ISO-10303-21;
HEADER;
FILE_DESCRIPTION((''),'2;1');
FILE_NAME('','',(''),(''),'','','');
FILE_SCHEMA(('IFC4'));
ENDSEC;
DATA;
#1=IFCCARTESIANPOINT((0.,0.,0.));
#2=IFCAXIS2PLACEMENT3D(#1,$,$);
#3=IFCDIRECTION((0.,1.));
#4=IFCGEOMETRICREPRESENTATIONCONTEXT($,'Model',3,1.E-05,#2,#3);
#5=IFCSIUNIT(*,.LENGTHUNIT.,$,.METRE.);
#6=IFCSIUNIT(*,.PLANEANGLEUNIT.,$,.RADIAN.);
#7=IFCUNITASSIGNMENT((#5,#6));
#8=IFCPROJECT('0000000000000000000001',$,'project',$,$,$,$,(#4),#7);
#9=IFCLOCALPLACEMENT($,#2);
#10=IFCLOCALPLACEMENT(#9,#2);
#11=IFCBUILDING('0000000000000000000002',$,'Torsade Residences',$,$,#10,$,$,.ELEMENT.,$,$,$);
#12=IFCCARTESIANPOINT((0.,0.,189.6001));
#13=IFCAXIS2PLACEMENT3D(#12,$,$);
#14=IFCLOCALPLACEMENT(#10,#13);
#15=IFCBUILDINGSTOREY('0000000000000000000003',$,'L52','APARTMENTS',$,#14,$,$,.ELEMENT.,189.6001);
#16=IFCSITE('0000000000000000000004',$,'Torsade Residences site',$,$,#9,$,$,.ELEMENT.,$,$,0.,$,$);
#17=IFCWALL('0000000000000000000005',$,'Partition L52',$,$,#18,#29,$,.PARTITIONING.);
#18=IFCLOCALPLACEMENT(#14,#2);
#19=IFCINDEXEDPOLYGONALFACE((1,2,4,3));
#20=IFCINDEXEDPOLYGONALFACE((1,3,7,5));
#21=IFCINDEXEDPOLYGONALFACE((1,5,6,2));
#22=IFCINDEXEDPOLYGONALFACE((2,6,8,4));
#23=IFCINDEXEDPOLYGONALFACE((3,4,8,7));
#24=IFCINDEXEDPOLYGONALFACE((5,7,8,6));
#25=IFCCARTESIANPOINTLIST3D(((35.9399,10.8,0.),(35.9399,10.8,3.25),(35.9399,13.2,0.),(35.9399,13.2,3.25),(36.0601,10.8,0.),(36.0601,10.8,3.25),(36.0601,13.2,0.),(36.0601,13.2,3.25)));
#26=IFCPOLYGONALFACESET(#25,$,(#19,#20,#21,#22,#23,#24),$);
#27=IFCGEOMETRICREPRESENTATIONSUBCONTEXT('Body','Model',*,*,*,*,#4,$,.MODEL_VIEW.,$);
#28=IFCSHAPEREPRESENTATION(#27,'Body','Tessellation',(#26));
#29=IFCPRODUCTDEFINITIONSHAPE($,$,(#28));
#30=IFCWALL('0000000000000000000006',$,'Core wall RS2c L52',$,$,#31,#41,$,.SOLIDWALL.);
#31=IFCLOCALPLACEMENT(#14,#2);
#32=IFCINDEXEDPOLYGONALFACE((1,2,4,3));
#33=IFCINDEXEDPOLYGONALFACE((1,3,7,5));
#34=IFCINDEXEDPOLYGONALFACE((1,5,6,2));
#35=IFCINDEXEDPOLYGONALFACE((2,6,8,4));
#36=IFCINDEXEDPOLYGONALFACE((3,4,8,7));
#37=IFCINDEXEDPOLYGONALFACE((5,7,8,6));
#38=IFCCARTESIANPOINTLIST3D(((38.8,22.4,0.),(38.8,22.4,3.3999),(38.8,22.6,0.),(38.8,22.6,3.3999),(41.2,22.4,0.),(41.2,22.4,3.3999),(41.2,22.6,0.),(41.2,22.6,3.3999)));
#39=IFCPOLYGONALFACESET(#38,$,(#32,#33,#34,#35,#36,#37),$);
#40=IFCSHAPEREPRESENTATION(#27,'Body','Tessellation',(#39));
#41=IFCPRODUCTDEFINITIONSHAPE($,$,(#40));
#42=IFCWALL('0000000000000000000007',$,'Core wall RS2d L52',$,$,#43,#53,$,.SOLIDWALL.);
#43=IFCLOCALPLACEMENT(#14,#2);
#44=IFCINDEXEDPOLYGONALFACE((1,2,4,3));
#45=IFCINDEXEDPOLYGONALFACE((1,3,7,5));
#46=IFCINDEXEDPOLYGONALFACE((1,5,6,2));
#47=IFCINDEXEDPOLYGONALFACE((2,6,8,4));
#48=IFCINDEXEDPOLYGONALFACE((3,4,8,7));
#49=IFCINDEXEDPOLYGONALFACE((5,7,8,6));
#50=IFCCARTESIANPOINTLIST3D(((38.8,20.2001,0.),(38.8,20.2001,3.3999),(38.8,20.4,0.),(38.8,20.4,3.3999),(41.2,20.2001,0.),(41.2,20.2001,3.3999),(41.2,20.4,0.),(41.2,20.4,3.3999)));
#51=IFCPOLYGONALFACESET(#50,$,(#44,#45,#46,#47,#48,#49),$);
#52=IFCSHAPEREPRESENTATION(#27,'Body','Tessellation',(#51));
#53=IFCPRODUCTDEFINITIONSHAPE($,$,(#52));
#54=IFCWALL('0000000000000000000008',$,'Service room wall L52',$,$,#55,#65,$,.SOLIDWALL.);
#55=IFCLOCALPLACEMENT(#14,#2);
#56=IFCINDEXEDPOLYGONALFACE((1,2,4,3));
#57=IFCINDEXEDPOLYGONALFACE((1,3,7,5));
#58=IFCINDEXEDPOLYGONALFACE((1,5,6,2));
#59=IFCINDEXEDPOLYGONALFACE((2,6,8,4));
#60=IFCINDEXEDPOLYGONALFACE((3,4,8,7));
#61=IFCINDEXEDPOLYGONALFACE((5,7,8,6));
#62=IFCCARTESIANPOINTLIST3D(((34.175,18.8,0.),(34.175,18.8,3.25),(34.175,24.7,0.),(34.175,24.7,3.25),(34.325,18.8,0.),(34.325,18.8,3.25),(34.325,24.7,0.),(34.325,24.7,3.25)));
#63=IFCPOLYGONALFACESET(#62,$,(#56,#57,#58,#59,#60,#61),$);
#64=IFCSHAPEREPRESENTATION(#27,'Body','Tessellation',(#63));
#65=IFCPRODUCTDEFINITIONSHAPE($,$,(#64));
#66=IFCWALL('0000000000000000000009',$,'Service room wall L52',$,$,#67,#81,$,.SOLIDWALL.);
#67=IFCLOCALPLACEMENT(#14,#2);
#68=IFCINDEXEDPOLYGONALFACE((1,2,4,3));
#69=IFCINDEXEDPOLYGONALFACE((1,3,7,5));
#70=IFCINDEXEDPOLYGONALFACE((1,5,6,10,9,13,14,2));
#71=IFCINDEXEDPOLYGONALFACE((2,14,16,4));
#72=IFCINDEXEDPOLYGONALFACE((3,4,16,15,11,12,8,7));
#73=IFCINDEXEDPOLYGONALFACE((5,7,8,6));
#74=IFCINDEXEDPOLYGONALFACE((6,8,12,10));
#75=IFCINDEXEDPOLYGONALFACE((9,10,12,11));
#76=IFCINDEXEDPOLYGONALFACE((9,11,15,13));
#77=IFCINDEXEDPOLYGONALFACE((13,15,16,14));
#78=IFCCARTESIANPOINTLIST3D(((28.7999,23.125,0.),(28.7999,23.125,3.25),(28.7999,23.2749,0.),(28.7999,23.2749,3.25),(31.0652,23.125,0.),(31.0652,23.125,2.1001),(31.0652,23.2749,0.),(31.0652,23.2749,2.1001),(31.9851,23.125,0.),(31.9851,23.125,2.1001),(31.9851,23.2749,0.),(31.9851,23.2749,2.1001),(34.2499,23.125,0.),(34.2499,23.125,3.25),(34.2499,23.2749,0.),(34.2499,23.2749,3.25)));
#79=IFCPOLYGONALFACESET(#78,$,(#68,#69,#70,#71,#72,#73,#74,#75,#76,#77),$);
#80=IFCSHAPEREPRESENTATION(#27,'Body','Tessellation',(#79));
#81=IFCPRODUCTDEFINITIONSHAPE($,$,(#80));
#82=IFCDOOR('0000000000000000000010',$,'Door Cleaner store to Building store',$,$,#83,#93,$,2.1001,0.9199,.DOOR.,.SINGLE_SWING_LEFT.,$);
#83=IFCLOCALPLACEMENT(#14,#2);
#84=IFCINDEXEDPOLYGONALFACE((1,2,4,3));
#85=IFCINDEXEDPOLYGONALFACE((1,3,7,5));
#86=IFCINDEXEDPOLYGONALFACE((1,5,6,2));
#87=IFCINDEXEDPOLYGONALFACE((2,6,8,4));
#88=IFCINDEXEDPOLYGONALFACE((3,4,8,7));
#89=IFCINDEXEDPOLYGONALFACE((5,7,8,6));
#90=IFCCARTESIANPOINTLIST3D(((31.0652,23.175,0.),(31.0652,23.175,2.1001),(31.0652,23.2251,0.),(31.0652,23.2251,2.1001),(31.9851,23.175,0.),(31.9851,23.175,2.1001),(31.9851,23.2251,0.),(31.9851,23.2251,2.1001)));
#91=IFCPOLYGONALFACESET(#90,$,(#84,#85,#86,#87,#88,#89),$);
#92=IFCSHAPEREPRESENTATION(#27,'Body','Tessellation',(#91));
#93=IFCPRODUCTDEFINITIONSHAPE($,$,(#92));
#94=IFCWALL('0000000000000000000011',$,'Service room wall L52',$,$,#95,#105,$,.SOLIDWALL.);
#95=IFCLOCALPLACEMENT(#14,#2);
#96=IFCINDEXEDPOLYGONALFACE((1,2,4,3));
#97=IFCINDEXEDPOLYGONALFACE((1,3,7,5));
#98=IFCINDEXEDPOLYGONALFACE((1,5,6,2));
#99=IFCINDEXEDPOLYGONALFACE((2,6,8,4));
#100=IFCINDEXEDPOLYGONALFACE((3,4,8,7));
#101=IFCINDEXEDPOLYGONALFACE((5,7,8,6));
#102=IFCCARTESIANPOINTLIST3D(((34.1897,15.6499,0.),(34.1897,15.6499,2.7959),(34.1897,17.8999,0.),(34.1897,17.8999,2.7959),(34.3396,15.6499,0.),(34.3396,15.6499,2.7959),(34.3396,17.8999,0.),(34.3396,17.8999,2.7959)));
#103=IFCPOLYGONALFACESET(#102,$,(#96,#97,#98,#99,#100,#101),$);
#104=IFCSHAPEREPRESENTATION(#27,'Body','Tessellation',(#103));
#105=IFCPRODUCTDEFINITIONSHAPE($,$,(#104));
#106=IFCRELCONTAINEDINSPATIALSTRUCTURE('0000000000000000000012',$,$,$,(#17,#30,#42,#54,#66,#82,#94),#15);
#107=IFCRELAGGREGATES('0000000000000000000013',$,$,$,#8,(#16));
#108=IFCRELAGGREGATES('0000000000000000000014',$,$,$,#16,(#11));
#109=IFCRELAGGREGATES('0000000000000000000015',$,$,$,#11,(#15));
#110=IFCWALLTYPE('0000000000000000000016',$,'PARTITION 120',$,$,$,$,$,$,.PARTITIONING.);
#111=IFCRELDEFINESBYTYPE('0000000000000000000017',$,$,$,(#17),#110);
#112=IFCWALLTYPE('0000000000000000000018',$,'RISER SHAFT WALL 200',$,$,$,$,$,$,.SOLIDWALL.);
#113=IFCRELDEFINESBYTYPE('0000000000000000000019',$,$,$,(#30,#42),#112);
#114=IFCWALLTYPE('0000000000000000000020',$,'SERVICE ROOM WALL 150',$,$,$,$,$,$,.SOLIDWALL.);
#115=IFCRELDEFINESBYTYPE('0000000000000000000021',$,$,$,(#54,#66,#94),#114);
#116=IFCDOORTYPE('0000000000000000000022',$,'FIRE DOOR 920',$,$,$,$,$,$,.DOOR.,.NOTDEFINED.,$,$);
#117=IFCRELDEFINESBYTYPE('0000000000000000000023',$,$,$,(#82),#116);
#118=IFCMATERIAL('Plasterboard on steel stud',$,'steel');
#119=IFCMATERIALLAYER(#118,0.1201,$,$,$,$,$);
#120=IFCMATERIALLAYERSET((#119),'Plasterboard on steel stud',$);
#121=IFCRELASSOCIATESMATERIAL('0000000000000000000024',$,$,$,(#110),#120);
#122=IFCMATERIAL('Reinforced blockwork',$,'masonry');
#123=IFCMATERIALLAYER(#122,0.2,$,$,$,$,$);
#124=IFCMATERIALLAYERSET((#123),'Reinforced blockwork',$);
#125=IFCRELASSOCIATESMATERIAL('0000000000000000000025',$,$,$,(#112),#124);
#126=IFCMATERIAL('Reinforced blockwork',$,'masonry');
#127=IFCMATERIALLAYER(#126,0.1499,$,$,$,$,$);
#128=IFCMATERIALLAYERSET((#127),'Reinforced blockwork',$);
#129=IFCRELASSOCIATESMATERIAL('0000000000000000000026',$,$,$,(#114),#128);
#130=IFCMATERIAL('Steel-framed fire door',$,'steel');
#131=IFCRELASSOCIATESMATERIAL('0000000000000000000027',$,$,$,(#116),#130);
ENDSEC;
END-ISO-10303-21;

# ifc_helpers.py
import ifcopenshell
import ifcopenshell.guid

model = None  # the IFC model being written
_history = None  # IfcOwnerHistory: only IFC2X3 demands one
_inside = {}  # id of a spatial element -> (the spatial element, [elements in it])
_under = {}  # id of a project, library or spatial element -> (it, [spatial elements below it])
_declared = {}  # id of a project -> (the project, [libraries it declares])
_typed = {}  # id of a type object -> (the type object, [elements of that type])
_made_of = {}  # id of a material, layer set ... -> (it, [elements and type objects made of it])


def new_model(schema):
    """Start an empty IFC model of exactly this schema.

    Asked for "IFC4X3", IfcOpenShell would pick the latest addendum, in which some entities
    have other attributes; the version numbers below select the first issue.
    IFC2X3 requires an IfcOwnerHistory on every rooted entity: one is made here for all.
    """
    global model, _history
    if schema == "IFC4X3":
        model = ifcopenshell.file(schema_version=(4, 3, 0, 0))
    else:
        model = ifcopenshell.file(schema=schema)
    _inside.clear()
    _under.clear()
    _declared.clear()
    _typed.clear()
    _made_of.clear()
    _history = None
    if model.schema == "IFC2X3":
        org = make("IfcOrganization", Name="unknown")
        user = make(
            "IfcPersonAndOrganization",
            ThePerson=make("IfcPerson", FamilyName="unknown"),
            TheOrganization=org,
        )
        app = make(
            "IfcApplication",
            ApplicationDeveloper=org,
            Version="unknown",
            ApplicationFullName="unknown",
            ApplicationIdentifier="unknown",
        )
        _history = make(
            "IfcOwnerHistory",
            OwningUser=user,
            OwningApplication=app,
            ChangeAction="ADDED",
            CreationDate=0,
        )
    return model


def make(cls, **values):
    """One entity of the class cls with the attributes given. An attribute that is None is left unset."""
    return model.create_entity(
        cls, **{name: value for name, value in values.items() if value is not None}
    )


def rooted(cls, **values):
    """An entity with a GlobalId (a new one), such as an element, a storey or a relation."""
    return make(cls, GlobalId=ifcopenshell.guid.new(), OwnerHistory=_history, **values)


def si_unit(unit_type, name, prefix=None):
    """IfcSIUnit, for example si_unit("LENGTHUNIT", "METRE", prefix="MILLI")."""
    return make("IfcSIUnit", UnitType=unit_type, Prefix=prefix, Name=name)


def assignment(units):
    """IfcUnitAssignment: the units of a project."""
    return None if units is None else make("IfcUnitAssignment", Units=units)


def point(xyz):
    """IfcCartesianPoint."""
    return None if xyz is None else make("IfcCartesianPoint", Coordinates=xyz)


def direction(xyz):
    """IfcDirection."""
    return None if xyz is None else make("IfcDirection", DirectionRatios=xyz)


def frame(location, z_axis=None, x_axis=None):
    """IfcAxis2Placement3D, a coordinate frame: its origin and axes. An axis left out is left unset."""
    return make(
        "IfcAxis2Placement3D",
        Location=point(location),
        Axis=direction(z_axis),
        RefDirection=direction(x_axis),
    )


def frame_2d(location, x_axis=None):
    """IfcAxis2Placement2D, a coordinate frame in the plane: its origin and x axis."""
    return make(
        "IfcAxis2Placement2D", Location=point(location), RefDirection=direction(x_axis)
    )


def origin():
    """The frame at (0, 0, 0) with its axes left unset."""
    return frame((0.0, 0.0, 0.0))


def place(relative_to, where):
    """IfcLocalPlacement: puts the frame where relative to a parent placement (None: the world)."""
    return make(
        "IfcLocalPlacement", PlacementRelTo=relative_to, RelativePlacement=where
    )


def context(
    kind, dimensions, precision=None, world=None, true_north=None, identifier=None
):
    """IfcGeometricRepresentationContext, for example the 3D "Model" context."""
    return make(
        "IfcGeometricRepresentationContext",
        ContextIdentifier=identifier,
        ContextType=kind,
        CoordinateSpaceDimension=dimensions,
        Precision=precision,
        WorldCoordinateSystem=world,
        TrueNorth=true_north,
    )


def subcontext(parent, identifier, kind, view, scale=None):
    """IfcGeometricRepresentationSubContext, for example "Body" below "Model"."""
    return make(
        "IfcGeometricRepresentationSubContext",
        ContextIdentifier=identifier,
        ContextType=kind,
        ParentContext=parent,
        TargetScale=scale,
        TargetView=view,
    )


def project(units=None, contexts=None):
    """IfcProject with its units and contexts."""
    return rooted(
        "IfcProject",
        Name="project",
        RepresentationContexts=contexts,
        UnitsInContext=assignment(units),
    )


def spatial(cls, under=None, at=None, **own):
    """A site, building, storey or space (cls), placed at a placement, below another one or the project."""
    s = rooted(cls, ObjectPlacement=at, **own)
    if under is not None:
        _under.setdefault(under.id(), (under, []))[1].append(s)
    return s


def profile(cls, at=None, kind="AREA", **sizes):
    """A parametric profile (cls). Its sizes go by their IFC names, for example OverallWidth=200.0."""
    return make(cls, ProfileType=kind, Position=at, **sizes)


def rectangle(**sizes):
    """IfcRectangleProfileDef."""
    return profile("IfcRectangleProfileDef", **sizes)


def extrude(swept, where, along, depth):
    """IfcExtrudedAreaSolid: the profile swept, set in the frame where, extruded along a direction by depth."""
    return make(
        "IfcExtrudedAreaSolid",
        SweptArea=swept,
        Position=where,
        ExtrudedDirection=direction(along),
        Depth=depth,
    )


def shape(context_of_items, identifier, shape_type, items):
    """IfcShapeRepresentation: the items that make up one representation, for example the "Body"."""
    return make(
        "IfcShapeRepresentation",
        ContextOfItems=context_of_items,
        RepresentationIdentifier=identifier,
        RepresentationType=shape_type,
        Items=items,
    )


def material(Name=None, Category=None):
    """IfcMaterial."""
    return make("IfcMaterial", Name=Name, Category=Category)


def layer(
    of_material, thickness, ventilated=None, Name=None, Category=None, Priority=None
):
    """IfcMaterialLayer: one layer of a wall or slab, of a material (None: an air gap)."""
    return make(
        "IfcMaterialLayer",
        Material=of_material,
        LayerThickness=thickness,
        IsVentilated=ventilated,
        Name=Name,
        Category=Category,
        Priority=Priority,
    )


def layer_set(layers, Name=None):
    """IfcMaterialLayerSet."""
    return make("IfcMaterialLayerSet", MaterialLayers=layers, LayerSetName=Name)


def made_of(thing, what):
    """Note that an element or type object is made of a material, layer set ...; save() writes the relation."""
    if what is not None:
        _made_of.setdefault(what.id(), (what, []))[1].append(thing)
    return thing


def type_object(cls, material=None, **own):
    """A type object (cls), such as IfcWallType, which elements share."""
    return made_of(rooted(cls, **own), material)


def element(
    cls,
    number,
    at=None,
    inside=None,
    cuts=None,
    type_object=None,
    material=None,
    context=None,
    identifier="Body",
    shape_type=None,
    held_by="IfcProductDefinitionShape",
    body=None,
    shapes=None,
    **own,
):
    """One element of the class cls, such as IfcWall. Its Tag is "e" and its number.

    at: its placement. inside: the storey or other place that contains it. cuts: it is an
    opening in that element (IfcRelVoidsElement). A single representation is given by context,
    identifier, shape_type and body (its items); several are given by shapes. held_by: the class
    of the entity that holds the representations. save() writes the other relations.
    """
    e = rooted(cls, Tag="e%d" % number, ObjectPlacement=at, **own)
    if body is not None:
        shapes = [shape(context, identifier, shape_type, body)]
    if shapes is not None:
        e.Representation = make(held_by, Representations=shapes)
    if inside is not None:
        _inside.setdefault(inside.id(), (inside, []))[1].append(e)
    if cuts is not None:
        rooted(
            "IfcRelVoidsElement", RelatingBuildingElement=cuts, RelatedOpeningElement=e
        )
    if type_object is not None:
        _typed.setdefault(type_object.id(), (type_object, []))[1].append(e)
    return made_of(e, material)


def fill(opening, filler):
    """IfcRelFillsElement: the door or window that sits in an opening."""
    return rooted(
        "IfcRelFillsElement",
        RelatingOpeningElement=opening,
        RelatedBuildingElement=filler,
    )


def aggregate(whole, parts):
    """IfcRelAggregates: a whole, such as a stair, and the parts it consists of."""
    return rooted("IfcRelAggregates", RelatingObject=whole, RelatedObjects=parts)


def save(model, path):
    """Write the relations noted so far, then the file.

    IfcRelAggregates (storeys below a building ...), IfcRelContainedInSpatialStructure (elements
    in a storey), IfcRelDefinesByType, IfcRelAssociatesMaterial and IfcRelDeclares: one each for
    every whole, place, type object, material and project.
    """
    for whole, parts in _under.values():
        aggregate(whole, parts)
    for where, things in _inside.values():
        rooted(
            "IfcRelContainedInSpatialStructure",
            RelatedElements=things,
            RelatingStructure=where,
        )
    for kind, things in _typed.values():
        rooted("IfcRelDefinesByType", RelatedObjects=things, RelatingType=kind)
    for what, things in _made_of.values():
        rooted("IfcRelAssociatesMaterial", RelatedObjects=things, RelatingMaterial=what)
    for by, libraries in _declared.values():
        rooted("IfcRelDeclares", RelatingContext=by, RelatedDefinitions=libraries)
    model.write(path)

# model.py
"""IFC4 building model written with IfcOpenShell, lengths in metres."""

from ifc_helpers import new_model, si_unit, direction, frame, frame_2d, origin, place, context, subcontext, project, spatial, rectangle, extrude, material, layer, layer_set, type_object, element, fill, save


model = new_model("IFC4")

# Units and contexts
model_context = context("Model", 3, precision=1e-05, world=origin(), true_north=direction((0.0, 1.0)))
body_context = subcontext(model_context, "Body", "Model", "MODEL_VIEW")
ifc_project = project(units=[si_unit("LENGTHUNIT", "METRE"), si_unit("PLANEANGLEUNIT", "RADIAN")], contexts=[model_context])

# Site, building, storey
site_placement = place(None, origin())
site = spatial("IfcSite", under=ifc_project, at=site_placement, Name="Torsade Residences site", CompositionType="ELEMENT", RefElevation=0.0)
building_placement = place(site_placement, origin())
building = spatial("IfcBuilding", under=site, at=building_placement, Name="Torsade Residences", CompositionType="ELEMENT")
storey_placement = place(building_placement, frame((0.0, 0.0, 189.6001)))
storey = spatial("IfcBuildingStorey", under=building, at=storey_placement, Name="L52", Description="APARTMENTS", CompositionType="ELEMENT", Elevation=189.6001)

# Shared definitions
ifc_material_1 = material(Name="Plasterboard on steel stud", Category="steel")
ifc_layer_1 = layer(ifc_material_1, 0.1201)
ifc_layer_set_1 = layer_set([ifc_layer_1], Name="Plasterboard on steel stud")
wall_type_1 = type_object("IfcWallType", Name="PARTITION 120", PredefinedType="PARTITIONING", material=ifc_layer_set_1)

# Walls
wall_1_placement = place(storey_placement, frame((36.0, 13.2, 0.0), z_axis=(0.0, 0.0, 1.0), x_axis=(0.0, -1.0, 0.0)))
element("IfcWall", 1, at=wall_1_placement, inside=storey, type_object=wall_type_1, Name="Partition L52", PredefinedType="PARTITIONING", context=body_context, shape_type="SweptSolid", body=[
    extrude(rectangle(XDim=2.3999, YDim=0.1201, at=frame_2d((1.2, 0.0))), origin(), (0.0, 0.0, 1.0), 3.25),
])
ifc_material_2 = material(Name="Reinforced blockwork", Category="masonry")
ifc_layer_2 = layer(ifc_material_2, 0.2)
ifc_layer_set_2 = layer_set([ifc_layer_2], Name="Reinforced blockwork")
wall_type_2 = type_object("IfcWallType", Name="RISER SHAFT WALL 200", PredefinedType="SOLIDWALL", material=ifc_layer_set_2)
for number, where, z_axis, x_axis, name in (
    (2, (38.8, 22.5, 0.0), (0.0, 0.0, 1.0), (1.0, 0.0, 0.0), "Core wall RS2c L52"),
    (3, (38.8, 20.3, 0.0), (0.0, 0.0, 1.0), (1.0, 0.0, 0.0), "Core wall RS2d L52"),
):
    element("IfcWall", number, at=place(storey_placement, frame(where, z_axis=z_axis, x_axis=x_axis)), inside=storey, type_object=wall_type_2, Name=name, PredefinedType="SOLIDWALL", context=body_context, shape_type="SweptSolid", body=[
        extrude(rectangle(XDim=2.3999, YDim=0.2, at=frame_2d((1.2, 0.0))), origin(), (0.0, 0.0, 1.0), 3.3999),
    ])
ifc_material_3 = material(Name="Reinforced blockwork", Category="masonry")
ifc_layer_3 = layer(ifc_material_3, 0.1499)
ifc_layer_set_3 = layer_set([ifc_layer_3], Name="Reinforced blockwork")
wall_type_3 = type_object("IfcWallType", Name="SERVICE ROOM WALL 150", PredefinedType="SOLIDWALL", material=ifc_layer_set_3)
wall_2_placement = place(storey_placement, frame((34.25, 18.8, 0.0), z_axis=(0.0, 0.0, 1.0), x_axis=(0.0, 1.0, 0.0)))
element("IfcWall", 4, at=wall_2_placement, inside=storey, type_object=wall_type_3, Name="Service room wall L52", PredefinedType="SOLIDWALL", context=body_context, shape_type="SweptSolid", body=[
    extrude(rectangle(XDim=5.8999, YDim=0.1499, at=frame_2d((2.95, 0.0))), origin(), (0.0, 0.0, 1.0), 3.25),
])

# Wall, opening, door
wall_3_placement = place(storey_placement, frame((34.25, 23.2, 0.0), z_axis=(0.0, 0.0, 1.0), x_axis=(-1.0, 0.0, 0.0)))
wall_3 = element("IfcWall", 5, at=wall_3_placement, inside=storey, type_object=wall_type_3, Name="Service room wall L52", PredefinedType="SOLIDWALL", context=body_context, shape_type="SweptSolid", body=[
    extrude(rectangle(XDim=5.45, YDim=0.1499, at=frame_2d((2.7251, 0.0))), origin(), (0.0, 0.0, 1.0), 3.25),
])
opening_1_placement = place(wall_3_placement, frame((2.2649, 0.0, 0.0)))
opening_1 = element("IfcOpeningElement", 6, at=opening_1_placement, cuts=wall_3, PredefinedType="OPENING", context=body_context, shape_type="SweptSolid", body=[
    extrude(rectangle(XDim=0.9199, YDim=2.1001, at=frame_2d((0.46, 1.05))), frame((0.0, 0.085, 0.0), z_axis=(0.0, -1.0, 0.0), x_axis=(1.0, 0.0, 0.0)), (0.0, 0.0, 1.0), 0.1699),
])
ifc_material_4 = material(Name="Steel-framed fire door", Category="steel")
door_type_1 = type_object("IfcDoorType", Name="FIRE DOOR 920", OperationType="NOTDEFINED", PredefinedType="DOOR", material=ifc_material_4)
door_1_placement = place(opening_1_placement, origin())
door_1 = element("IfcDoor", 7, at=door_1_placement, inside=storey, type_object=door_type_1, Name="Door Cleaner store to Building store", OperationType="SINGLE_SWING_LEFT", OverallHeight=2.1001, OverallWidth=0.9199, PredefinedType="DOOR", context=body_context, shape_type="SweptSolid", body=[
    extrude(rectangle(XDim=0.9199, YDim=2.1001, at=frame_2d((0.46, 1.05))), frame((0.0, 0.0249, 0.0), z_axis=(0.0, -1.0, 0.0), x_axis=(1.0, 0.0, 0.0)), (0.0, 0.0, 1.0), 0.05),
])
fill(opening_1, door_1)

# Wall
wall_4_placement = place(storey_placement, frame((34.2646, 15.6499, 0.0), z_axis=(0.0, 0.0, 1.0), x_axis=(0.0, 1.0, 0.0)))
element("IfcWall", 8, at=wall_4_placement, inside=storey, type_object=wall_type_3, Name="Service room wall L52", PredefinedType="SOLIDWALL", context=body_context, shape_type="SweptSolid", body=[
    extrude(rectangle(XDim=2.25, YDim=0.1499, at=frame_2d((1.125, 0.0))), origin(), (0.0, 0.0, 1.0), 2.7959),
])

save(model, "model.ifc")
